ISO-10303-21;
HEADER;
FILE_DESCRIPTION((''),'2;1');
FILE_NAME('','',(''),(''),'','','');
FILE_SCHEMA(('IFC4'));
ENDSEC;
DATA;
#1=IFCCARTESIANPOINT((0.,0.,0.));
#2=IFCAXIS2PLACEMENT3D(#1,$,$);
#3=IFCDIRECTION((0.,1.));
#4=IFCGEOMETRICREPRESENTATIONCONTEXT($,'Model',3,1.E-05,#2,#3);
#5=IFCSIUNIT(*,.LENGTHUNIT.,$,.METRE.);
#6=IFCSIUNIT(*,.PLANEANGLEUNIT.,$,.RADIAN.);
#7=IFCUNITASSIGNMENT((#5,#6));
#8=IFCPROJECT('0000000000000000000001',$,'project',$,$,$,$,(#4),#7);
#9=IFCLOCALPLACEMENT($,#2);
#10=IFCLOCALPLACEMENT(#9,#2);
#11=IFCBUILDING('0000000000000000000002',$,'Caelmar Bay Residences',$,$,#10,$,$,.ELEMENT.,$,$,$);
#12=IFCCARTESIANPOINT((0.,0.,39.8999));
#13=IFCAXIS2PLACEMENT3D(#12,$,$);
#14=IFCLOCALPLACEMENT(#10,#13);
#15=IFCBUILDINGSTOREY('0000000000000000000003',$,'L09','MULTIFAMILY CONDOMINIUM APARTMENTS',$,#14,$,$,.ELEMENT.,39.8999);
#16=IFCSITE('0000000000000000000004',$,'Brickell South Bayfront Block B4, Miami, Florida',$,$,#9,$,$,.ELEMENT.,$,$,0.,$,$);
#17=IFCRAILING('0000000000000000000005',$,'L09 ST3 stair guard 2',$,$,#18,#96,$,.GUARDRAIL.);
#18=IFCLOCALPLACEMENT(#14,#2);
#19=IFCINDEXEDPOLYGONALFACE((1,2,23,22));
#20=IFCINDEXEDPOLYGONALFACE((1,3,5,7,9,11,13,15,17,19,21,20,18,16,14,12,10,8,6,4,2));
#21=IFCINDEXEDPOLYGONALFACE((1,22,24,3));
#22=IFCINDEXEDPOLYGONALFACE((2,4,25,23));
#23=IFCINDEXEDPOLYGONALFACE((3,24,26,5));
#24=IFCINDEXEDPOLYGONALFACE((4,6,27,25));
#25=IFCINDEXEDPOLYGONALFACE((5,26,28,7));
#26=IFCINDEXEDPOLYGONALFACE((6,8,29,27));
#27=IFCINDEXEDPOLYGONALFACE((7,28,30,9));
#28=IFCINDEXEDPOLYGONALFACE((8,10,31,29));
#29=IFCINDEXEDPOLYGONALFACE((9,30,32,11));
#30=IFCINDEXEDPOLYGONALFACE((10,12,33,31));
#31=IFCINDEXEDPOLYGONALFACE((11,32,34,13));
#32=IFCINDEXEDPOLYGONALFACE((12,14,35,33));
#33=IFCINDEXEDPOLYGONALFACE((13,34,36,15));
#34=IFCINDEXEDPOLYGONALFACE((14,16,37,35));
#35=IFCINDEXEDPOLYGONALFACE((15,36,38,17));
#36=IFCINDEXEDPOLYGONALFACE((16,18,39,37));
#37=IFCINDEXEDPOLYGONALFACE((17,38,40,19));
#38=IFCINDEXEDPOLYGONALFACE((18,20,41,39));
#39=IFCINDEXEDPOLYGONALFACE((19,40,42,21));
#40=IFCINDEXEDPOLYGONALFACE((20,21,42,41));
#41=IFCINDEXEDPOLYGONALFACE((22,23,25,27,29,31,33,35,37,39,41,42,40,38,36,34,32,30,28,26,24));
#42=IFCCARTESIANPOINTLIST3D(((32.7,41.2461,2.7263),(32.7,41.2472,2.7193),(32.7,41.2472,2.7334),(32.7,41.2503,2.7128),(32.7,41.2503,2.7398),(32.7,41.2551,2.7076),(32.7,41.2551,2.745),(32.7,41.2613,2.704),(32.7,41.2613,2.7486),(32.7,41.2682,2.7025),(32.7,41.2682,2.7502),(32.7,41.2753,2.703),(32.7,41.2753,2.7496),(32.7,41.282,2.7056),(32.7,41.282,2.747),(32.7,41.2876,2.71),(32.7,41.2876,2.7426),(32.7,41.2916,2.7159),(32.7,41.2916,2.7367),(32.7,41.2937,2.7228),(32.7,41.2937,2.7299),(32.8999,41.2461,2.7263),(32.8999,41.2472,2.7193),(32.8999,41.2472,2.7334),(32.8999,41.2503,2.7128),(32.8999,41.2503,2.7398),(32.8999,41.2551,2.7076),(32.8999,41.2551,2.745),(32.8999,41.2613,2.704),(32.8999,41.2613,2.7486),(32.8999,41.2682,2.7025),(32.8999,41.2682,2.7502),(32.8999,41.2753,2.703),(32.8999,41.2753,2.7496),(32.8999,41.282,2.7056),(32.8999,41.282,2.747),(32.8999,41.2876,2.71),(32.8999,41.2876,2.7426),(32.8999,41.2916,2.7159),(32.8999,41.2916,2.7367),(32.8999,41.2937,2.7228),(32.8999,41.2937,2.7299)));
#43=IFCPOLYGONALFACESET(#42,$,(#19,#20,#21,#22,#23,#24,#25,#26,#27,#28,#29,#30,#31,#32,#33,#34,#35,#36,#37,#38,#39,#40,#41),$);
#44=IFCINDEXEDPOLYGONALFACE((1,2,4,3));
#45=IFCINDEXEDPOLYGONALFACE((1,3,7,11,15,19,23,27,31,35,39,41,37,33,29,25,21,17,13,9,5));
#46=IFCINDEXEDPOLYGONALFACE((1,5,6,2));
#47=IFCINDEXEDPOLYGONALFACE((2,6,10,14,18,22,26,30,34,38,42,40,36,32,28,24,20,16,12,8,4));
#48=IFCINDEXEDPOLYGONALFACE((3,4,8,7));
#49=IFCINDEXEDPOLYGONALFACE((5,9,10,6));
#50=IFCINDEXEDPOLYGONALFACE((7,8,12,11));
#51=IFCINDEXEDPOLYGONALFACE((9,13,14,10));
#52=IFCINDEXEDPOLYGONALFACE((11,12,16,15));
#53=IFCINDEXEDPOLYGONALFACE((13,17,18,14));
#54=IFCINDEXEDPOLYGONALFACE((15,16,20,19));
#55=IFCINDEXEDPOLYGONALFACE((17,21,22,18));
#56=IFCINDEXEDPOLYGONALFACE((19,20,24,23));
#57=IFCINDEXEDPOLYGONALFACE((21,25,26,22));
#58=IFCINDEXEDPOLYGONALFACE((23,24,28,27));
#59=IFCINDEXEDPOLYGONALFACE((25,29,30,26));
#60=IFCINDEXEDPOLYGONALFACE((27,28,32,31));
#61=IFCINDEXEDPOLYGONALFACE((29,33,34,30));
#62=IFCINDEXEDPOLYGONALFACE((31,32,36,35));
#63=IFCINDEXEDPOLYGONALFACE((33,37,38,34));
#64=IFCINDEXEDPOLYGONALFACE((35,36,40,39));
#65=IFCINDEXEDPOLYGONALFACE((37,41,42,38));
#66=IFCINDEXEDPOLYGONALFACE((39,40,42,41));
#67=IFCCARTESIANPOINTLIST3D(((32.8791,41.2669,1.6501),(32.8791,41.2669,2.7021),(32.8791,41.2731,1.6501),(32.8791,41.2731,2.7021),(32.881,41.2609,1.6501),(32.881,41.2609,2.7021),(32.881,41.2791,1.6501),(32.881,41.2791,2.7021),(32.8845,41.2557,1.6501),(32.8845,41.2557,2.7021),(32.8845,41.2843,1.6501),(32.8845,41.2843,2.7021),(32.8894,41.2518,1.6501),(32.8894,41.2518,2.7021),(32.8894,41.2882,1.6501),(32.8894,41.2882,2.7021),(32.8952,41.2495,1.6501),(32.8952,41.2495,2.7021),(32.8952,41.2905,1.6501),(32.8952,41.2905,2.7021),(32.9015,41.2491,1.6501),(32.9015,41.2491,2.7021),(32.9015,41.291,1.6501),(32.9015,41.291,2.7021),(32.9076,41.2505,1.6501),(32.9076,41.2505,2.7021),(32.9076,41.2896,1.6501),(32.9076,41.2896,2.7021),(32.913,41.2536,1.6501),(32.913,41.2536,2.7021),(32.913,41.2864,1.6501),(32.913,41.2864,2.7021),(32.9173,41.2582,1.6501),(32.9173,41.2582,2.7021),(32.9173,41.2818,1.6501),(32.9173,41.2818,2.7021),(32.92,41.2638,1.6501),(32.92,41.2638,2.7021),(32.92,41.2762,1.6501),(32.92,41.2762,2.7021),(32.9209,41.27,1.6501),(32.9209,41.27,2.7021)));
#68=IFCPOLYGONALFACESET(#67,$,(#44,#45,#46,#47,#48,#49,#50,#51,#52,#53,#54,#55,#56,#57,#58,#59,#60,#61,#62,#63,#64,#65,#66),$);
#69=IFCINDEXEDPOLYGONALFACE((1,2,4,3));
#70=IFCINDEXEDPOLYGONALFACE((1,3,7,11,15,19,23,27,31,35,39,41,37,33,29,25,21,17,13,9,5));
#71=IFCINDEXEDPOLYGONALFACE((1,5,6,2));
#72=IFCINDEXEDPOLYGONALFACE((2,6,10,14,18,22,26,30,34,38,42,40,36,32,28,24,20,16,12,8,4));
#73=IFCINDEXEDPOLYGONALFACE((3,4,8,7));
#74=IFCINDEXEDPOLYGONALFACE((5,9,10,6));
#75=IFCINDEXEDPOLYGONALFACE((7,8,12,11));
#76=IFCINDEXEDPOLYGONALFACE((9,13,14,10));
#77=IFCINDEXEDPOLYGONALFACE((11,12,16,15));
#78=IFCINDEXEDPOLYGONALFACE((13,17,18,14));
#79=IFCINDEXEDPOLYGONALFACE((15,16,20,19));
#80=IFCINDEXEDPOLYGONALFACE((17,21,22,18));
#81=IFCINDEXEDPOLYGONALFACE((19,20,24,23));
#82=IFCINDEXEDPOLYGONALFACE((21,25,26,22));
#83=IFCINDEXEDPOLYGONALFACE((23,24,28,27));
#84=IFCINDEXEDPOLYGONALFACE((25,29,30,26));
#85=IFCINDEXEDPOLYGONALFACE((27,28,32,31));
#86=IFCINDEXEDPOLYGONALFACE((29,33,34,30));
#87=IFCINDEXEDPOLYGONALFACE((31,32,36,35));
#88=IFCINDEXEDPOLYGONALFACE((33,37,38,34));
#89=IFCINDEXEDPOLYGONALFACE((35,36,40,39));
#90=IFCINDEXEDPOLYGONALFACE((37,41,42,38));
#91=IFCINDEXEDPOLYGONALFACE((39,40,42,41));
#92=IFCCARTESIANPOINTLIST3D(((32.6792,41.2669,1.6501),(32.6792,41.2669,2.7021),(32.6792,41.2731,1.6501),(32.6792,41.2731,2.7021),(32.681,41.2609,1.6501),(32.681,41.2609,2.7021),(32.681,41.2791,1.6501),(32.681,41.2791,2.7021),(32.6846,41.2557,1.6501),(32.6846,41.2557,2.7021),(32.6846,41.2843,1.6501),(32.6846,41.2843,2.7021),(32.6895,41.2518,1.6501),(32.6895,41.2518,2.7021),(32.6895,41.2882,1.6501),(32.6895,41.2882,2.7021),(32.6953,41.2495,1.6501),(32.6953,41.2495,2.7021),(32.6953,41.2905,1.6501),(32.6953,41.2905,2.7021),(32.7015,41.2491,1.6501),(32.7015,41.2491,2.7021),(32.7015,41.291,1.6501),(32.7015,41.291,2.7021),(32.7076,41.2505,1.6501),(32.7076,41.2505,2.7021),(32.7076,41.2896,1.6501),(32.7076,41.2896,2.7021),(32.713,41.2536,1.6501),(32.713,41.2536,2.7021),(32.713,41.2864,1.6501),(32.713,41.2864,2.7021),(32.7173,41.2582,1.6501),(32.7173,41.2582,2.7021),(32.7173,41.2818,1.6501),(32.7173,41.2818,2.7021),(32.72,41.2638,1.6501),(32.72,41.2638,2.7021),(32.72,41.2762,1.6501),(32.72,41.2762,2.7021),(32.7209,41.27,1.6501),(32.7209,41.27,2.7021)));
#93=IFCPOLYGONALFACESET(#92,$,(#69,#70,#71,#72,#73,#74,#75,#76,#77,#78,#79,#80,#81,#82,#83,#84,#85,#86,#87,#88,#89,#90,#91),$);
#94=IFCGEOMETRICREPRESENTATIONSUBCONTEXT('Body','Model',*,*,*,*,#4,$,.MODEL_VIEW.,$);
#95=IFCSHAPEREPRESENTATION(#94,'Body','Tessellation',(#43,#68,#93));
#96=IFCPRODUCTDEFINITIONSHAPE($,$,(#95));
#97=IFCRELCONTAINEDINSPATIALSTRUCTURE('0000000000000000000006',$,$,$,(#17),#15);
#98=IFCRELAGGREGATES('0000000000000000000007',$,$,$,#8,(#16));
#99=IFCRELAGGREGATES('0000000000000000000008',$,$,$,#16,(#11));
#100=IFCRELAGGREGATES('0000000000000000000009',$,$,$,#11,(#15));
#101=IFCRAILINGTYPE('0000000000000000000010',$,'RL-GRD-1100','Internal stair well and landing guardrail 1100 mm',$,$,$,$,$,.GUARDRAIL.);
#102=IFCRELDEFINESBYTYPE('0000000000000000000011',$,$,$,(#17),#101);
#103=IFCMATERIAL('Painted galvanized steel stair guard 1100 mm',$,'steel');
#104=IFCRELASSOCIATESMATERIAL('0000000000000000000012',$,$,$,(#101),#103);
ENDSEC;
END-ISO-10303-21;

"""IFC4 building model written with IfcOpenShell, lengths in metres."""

from ifc_helpers import new_model, si_unit, direction, frame, origin, origin_2d, place, context, subcontext, project, spatial, circle, extrude, material, type_object, element, save


model = new_model("IFC4")

# Units and contexts
model_context = context("Model", 3, precision=1e-05, world=origin(), true_north=direction((0.0, 1.0)))
body_context = subcontext(model_context, "Body", "Model", "MODEL_VIEW")
ifc_project = project(units=[si_unit("LENGTHUNIT", "METRE"), si_unit("PLANEANGLEUNIT", "RADIAN")], contexts=[model_context])

# Site, building, storey
site_placement = place(None, origin())
site = spatial("IfcSite", under=ifc_project, at=site_placement, Name="Brickell South Bayfront Block B4, Miami, Florida", CompositionType="ELEMENT", RefElevation=0.0)
building_placement = place(site_placement, origin())
building = spatial("IfcBuilding", under=site, at=building_placement, Name="Caelmar Bay Residences", CompositionType="ELEMENT")
storey_placement = place(building_placement, frame((0.0, 0.0, 39.8999)))
storey = spatial("IfcBuildingStorey", under=building, at=storey_placement, Name="L09", Description="MULTIFAMILY CONDOMINIUM APARTMENTS", CompositionType="ELEMENT", Elevation=39.8999)

# Railing
ifc_material_1 = material(Name="Painted galvanized steel stair guard 1100 mm", Category="steel")
railing_type_1 = type_object("IfcRailingType", Name="RL-GRD-1100", Description="Internal stair well and landing guardrail 1100 mm", PredefinedType="GUARDRAIL", material=ifc_material_1)
railing_1_placement = place(storey_placement, frame((32.8999, 41.27, 1.6501)))
element("IfcRailing", 1, at=railing_1_placement, inside=storey, type_object=railing_type_1, Name="L09 ST3 stair guard 2", PredefinedType="GUARDRAIL", context=body_context, shape_type="SweptSolid", body=[
    extrude(circle(Radius=0.0239, at=origin_2d()), frame((0.0, 0.0, 1.0762), z_axis=(-1.0, 0.0, 0.0), x_axis=(0.0, -1.0, 0.0)), (0.0, 0.0, 1.0), 0.2),
    extrude(circle(Radius=0.021, at=origin_2d()), origin(), (0.0, 0.0, 1.0), 1.052),
    extrude(circle(Radius=0.021, at=origin_2d()), frame((-0.2, 0.0, 0.0)), (0.0, 0.0, 1.0), 1.052),
])

save(model, "model.ifc")
